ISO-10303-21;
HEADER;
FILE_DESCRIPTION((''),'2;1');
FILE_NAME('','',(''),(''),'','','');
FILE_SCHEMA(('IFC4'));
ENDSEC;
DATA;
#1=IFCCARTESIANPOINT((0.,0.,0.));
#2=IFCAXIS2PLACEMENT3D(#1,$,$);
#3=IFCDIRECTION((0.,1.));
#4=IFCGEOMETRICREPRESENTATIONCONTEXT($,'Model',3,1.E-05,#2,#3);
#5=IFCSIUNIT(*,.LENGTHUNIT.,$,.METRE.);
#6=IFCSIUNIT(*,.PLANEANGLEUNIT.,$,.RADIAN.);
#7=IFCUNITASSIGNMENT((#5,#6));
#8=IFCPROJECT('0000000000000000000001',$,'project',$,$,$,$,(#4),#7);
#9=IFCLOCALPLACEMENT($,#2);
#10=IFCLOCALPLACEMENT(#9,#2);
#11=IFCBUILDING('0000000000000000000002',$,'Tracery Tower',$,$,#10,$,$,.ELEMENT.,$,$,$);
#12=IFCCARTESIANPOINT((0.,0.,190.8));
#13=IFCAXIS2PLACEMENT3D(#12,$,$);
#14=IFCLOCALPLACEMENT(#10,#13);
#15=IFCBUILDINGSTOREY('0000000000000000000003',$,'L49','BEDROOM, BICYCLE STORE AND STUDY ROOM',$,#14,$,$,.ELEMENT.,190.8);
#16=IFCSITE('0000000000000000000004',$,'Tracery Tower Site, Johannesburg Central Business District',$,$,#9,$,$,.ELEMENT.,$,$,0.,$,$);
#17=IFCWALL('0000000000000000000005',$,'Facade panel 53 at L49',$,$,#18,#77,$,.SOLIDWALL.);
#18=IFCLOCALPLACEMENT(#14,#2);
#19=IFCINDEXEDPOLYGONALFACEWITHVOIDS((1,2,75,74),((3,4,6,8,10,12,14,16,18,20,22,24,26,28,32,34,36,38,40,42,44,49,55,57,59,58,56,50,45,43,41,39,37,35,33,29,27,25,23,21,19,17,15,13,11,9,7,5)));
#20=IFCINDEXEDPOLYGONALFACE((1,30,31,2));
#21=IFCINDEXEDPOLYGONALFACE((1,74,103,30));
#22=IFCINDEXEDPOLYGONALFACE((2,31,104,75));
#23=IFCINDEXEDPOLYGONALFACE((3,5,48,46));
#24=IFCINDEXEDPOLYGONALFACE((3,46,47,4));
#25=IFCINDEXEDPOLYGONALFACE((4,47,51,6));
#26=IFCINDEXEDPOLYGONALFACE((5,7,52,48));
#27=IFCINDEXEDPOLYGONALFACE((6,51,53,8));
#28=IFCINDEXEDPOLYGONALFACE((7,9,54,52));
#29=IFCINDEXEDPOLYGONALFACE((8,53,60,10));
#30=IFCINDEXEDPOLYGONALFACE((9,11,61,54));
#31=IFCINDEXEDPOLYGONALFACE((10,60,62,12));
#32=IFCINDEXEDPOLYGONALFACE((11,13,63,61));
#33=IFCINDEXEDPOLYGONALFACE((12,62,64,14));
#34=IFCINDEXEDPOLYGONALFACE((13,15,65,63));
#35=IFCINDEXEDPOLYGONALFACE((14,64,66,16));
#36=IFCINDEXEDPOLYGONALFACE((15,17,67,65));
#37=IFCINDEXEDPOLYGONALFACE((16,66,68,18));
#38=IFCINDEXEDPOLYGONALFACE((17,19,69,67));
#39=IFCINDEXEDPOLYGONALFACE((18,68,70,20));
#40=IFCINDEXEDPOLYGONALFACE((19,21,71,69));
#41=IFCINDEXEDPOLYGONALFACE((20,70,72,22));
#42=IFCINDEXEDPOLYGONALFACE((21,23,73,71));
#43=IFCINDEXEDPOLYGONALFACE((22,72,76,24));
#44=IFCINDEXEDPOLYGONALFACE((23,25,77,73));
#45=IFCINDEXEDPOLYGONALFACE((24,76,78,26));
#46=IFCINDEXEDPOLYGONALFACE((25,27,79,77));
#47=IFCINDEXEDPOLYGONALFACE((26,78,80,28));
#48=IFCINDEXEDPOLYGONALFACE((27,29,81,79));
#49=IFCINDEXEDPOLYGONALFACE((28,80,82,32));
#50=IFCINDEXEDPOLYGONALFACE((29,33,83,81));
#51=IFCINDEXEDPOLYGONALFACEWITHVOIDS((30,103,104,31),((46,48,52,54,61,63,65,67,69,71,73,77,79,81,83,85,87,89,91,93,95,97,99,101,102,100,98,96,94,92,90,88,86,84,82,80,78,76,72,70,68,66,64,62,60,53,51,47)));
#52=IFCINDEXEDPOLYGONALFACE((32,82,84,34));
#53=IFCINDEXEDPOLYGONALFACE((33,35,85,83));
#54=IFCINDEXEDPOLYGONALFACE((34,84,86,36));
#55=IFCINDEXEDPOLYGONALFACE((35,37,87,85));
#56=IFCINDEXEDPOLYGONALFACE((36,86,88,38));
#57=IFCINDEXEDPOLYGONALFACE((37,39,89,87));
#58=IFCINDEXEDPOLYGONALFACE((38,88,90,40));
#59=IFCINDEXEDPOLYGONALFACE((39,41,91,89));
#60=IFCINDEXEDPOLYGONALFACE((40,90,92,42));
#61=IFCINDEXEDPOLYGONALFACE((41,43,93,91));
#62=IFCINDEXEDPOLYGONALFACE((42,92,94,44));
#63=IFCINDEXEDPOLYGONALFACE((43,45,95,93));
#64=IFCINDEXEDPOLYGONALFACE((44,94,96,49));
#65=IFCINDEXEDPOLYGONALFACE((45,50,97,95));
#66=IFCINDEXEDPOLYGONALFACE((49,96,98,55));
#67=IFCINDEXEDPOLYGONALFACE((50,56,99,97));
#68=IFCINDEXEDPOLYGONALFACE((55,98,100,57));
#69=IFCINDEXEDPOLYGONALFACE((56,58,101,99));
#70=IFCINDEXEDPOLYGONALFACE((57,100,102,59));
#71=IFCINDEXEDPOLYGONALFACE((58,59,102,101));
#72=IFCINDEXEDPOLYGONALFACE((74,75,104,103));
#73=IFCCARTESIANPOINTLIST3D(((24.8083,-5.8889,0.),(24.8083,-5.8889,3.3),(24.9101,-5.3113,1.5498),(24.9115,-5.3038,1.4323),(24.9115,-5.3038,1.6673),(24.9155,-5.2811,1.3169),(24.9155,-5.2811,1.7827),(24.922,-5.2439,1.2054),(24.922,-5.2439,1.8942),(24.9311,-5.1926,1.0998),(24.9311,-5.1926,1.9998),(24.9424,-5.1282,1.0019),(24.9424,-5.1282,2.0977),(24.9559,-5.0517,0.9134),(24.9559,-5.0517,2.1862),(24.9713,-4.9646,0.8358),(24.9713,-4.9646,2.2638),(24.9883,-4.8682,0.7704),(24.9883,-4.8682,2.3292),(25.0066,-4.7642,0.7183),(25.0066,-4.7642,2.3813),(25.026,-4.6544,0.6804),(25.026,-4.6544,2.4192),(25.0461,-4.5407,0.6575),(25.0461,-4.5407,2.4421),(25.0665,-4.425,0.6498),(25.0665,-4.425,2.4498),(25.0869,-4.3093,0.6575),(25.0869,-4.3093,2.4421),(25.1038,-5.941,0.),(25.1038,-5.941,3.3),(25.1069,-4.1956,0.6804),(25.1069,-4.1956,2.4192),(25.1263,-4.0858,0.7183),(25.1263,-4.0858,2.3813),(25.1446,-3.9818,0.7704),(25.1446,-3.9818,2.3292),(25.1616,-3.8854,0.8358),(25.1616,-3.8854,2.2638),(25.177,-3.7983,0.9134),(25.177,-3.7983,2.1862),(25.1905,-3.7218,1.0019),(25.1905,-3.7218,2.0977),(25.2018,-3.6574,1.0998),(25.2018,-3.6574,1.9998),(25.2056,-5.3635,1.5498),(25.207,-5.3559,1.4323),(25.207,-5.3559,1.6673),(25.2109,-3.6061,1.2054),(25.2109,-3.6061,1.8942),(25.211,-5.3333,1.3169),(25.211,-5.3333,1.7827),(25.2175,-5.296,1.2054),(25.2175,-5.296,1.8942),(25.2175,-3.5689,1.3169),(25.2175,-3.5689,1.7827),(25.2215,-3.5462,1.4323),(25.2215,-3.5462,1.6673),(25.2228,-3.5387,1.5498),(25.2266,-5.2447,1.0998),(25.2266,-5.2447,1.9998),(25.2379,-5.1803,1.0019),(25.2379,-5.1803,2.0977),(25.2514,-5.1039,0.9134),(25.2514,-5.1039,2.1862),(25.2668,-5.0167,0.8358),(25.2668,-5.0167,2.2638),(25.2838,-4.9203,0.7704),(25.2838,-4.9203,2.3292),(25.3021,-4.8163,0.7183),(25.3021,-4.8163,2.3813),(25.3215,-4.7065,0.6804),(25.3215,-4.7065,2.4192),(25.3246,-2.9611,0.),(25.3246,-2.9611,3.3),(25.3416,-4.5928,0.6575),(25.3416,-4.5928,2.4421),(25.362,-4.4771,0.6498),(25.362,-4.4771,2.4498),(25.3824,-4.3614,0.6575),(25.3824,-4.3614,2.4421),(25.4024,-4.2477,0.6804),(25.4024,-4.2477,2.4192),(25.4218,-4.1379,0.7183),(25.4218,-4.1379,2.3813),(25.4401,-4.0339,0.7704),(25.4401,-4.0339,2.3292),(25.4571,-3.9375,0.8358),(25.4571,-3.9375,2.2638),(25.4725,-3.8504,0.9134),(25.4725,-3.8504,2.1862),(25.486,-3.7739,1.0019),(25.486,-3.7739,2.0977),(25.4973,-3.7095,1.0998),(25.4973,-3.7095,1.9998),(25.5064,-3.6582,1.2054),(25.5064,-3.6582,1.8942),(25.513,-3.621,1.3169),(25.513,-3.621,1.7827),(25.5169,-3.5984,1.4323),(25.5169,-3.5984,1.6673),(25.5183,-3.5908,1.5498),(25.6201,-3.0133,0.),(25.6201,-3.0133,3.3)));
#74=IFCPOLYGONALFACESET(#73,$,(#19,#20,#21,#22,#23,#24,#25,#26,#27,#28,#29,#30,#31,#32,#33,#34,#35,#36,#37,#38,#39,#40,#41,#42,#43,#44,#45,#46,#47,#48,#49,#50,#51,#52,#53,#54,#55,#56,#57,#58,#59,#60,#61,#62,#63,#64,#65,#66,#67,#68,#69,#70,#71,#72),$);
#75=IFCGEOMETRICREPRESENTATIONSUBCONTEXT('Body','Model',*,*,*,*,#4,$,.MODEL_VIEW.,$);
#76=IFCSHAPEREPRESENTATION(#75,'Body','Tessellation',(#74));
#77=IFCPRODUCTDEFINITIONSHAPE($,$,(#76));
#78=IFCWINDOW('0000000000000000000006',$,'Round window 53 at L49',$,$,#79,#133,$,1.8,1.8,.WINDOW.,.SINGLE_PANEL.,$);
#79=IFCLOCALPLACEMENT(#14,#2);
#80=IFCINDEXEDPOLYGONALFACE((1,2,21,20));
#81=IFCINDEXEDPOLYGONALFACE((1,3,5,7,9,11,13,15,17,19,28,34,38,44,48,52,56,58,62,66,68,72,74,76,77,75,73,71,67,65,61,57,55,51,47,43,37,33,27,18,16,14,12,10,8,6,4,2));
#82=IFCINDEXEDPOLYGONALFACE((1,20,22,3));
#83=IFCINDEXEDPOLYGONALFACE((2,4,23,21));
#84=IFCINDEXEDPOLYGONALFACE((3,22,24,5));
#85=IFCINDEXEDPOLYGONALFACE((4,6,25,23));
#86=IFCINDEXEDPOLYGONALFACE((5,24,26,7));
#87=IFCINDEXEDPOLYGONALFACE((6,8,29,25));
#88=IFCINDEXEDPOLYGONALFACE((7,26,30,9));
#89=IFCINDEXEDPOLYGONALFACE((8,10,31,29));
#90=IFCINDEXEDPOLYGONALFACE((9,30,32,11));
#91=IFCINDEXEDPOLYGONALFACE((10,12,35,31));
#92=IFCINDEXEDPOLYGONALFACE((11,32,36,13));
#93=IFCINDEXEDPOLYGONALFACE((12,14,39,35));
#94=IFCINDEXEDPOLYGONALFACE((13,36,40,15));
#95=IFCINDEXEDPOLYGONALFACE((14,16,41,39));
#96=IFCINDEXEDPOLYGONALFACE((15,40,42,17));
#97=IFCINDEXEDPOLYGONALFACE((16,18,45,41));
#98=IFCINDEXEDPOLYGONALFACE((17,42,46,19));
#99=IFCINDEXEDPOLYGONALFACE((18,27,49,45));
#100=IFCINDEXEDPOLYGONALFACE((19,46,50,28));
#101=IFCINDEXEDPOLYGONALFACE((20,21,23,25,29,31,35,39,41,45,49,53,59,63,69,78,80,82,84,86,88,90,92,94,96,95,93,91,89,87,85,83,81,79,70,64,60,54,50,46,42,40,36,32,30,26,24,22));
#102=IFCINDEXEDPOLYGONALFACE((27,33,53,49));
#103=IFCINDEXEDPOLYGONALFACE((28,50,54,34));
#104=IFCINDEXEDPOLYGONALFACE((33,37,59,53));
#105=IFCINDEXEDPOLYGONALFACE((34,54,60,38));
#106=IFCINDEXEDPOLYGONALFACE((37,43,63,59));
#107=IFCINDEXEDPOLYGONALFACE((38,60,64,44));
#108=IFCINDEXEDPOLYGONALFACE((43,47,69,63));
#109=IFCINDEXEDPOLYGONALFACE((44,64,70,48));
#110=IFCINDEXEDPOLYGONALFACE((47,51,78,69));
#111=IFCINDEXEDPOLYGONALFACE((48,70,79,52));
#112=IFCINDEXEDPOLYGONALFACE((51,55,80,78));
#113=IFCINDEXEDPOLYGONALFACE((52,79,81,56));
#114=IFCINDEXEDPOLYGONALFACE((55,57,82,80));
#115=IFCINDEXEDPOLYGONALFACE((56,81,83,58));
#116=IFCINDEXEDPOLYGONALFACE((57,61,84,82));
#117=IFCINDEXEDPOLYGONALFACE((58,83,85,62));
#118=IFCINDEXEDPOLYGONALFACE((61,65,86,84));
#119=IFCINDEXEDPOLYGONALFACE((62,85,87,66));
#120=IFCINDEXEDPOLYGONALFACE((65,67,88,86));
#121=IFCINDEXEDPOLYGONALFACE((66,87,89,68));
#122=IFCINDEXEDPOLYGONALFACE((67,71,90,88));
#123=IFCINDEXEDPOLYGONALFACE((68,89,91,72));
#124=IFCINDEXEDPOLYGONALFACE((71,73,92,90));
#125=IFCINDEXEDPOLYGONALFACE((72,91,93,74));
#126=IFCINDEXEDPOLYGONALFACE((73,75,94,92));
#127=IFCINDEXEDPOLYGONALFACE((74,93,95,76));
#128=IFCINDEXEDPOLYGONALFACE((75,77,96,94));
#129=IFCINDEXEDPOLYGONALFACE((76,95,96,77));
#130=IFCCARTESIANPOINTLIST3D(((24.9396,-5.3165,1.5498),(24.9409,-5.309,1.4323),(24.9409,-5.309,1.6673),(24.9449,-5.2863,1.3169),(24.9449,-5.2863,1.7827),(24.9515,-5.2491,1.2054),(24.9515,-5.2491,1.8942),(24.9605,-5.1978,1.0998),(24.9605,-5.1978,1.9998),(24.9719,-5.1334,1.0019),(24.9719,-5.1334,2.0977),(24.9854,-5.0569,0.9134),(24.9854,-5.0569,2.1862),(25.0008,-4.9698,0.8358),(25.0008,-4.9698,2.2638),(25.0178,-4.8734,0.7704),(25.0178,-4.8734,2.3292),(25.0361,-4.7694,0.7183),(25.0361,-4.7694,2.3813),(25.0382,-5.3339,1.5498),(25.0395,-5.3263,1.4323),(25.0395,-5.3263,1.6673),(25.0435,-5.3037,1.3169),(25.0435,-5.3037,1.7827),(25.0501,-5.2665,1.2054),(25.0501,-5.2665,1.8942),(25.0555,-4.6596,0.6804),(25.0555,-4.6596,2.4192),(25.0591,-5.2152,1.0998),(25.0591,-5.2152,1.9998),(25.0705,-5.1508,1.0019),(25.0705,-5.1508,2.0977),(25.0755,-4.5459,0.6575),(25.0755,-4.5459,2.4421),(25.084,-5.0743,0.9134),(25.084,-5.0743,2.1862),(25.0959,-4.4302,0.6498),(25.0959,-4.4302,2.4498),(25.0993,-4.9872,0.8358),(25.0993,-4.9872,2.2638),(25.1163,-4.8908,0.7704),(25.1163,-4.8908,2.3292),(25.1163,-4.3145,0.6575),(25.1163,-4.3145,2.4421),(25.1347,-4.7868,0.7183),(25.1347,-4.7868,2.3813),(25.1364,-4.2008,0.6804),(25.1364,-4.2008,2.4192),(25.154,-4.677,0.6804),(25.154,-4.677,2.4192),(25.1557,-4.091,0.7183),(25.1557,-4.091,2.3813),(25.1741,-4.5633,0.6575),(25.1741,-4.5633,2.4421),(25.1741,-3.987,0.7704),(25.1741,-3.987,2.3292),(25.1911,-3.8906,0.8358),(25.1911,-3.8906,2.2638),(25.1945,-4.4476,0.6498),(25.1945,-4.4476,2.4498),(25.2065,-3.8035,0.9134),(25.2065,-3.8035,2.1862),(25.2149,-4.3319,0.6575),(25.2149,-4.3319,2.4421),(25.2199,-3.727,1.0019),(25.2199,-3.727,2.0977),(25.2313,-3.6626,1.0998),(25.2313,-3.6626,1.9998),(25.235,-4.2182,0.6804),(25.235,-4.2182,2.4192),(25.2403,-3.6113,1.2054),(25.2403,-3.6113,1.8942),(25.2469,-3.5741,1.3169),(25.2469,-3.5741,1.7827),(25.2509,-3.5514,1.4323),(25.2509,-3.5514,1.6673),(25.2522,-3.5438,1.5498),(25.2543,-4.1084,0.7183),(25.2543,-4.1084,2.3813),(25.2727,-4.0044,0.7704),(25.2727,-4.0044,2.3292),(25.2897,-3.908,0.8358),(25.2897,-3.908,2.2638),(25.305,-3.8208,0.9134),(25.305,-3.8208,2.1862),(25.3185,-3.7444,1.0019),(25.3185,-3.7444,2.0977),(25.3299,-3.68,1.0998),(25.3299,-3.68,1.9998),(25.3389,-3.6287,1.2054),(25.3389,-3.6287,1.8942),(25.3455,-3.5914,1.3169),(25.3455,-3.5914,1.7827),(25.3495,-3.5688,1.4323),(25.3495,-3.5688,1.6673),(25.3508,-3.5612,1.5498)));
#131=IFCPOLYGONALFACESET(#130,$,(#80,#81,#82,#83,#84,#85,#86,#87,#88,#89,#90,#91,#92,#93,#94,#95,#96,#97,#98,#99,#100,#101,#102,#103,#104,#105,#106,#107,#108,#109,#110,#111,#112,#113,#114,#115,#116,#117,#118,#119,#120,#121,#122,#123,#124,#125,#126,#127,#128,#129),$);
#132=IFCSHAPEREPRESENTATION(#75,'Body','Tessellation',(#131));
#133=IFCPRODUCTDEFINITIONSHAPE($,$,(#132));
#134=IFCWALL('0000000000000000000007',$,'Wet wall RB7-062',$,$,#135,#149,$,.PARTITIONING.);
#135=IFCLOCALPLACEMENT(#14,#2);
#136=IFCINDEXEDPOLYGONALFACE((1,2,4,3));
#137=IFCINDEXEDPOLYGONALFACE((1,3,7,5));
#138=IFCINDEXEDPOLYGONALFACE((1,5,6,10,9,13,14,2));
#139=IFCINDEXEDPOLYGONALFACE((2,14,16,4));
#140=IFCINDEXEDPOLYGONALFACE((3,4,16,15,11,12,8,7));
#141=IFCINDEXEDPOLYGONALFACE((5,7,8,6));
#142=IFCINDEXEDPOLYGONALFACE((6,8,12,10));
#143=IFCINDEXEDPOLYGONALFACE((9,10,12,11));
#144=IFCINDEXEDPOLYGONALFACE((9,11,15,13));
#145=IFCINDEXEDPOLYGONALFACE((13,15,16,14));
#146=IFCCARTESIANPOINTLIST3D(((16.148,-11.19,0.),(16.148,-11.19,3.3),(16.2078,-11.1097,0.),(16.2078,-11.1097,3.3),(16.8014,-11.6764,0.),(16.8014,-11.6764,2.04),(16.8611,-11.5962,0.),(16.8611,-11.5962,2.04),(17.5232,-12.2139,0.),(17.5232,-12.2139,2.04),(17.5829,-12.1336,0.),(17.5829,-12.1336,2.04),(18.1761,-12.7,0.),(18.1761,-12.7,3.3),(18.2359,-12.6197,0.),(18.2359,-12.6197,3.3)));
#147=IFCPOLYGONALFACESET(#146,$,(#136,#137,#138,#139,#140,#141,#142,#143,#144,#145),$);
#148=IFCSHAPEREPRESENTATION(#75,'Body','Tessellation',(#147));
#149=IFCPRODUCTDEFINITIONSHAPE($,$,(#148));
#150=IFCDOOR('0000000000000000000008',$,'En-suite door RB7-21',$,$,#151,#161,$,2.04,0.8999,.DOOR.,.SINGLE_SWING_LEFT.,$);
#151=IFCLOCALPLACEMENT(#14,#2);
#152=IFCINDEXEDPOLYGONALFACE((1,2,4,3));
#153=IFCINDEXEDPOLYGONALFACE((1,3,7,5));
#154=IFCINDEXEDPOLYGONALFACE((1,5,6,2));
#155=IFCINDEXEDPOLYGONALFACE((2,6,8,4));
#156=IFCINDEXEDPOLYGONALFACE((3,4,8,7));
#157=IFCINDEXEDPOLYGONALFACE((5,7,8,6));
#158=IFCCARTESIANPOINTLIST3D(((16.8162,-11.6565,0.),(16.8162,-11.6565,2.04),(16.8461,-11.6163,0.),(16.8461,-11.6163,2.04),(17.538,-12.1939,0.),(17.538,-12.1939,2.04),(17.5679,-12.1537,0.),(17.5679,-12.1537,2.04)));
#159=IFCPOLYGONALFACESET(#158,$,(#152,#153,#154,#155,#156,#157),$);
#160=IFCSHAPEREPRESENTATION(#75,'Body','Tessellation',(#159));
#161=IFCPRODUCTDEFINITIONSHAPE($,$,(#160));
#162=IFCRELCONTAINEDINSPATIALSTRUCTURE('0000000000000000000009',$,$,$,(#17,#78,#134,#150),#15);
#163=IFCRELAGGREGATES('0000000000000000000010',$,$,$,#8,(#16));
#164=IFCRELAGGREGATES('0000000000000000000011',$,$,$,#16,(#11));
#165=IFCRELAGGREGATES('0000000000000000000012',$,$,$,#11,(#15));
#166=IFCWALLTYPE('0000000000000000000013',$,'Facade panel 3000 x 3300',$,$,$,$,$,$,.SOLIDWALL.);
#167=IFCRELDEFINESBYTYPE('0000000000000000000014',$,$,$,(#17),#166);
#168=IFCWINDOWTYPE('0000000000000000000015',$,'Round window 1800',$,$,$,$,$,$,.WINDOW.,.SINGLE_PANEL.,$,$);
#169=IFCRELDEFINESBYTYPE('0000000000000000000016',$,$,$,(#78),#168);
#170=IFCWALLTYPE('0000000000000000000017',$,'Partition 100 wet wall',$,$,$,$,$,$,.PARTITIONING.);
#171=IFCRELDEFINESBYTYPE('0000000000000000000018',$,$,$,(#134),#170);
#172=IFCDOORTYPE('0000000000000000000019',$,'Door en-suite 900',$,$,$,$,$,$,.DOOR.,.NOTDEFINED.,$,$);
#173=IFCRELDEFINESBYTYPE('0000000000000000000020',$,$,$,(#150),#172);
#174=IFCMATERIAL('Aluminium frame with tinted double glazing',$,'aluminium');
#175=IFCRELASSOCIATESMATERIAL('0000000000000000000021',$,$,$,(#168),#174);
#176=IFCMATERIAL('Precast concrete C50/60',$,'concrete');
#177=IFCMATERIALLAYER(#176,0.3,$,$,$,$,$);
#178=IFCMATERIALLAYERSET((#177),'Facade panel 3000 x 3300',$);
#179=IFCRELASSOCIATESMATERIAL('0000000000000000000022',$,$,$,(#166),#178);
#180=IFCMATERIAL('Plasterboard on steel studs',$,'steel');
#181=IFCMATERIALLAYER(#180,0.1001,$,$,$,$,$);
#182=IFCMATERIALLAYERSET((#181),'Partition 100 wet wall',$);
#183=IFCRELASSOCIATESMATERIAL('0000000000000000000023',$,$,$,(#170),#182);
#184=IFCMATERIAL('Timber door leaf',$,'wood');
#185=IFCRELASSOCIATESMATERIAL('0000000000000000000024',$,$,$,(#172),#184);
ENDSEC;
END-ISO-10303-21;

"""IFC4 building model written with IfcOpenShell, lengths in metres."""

from ifc_helpers import new_model, si_unit, direction, frame, frame_2d, origin, origin_2d, place, context, subcontext, project, spatial, rectangle, circle, extrude, material, layer, layer_set, type_object, element, fill, save


model = new_model("IFC4")

# Units and contexts
model_context = context("Model", 3, precision=1e-05, world=origin(), true_north=direction((0.0, 1.0)))
body_context = subcontext(model_context, "Body", "Model", "MODEL_VIEW")
ifc_project = project(units=[si_unit("LENGTHUNIT", "METRE"), si_unit("PLANEANGLEUNIT", "RADIAN")], contexts=[model_context])

# Site, building, storey
site_placement = place(None, origin())
site = spatial("IfcSite", under=ifc_project, at=site_placement, Name="Tracery Tower Site, Johannesburg Central Business District", CompositionType="ELEMENT", RefElevation=0.0)
building_placement = place(site_placement, origin())
building = spatial("IfcBuilding", under=site, at=building_placement, Name="Tracery Tower", CompositionType="ELEMENT")
storey_placement = place(building_placement, frame((0.0, 0.0, 190.8)))
storey = spatial("IfcBuildingStorey", under=building, at=storey_placement, Name="L49", Description="BEDROOM, BICYCLE STORE AND STUDY ROOM", CompositionType="ELEMENT", Elevation=190.8)

# Wall, opening, window
ifc_material_1 = material(Name="Aluminium frame with tinted double glazing", Category="aluminium")
window_type = type_object("IfcWindowType", Name="Round window 1800", PartitioningType="SINGLE_PANEL", PredefinedType="WINDOW", material=ifc_material_1)
ifc_material_2 = material(Name="Precast concrete C50/60", Category="concrete")
ifc_layer_1 = layer(ifc_material_2, 0.3)
ifc_layer_set_1 = layer_set([ifc_layer_1], Name="Facade panel 3000 x 3300")
wall_type_1 = type_object("IfcWallType", Name="Facade panel 3000 x 3300", PredefinedType="SOLIDWALL", material=ifc_layer_set_1)
wall_1_placement = place(storey_placement, frame((24.9561, -5.9148, 0.0), z_axis=(0.0, 0.0, 1.0), x_axis=(0.173687, 0.984801, 0.0)))
wall_1 = element("IfcWall", 1, at=wall_1_placement, inside=storey, type_object=wall_type_1, Name="Facade panel 53 at L49", PredefinedType="SOLIDWALL", context=body_context, shape_type="SweptSolid", body=[
    extrude(rectangle(XDim=2.9729, YDim=0.3, at=frame_2d((1.4863, 0.0))), origin(), (0.0, 0.0, 1.0), 3.3),
])
opening_1_placement = place(wall_1_placement, frame((1.4863, 0.0, 1.5498)))
opening_1 = element("IfcOpeningElement", 2, at=opening_1_placement, cuts=wall_1, PredefinedType="OPENING", context=body_context, shape_type="SweptSolid", body=[
    extrude(circle(Radius=0.9, at=origin_2d()), frame((0.0, 0.1599, 0.0), z_axis=(0.0, -1.0, 0.0), x_axis=(1.0, 0.0, 0.0)), (0.0, 0.0, 1.0), 0.3201),
])
window_1_placement = place(opening_1_placement, origin())
window_1 = element("IfcWindow", 3, at=window_1_placement, inside=storey, type_object=window_type, Name="Round window 53 at L49", OverallHeight=1.8, OverallWidth=1.8, PartitioningType="SINGLE_PANEL", PredefinedType="WINDOW", context=body_context, shape_type="SweptSolid", body=[
    extrude(circle(Radius=0.9, at=origin_2d()), frame((0.0, 0.1201, 0.0), z_axis=(0.0, -1.0, 0.0), x_axis=(1.0, 0.0, 0.0)), (0.0, 0.0, 1.0), 0.1001),
])
fill(opening_1, window_1)

# Wall, opening, door
ifc_material_3 = material(Name="Plasterboard on steel studs", Category="steel")
ifc_layer_2 = layer(ifc_material_3, 0.1001)
ifc_layer_set_2 = layer_set([ifc_layer_2], Name="Partition 100 wet wall")
wall_type_2 = type_object("IfcWallType", Name="Partition 100 wet wall", PredefinedType="PARTITIONING", material=ifc_layer_set_2)
wall_2_placement = place(storey_placement, frame((16.178, -11.1499, 0.0), z_axis=(0.0, 0.0, 1.0), x_axis=(0.802092, -0.5972, 0.0)))
wall_2 = element("IfcWall", 4, at=wall_2_placement, inside=storey, type_object=wall_type_2, Name="Wet wall RB7-062", PredefinedType="PARTITIONING", context=body_context, shape_type="SweptSolid", body=[
    extrude(rectangle(XDim=2.5286, YDim=0.1001, at=frame_2d((1.2642, 0.0))), origin(), (0.0, 0.0, 1.0), 3.3),
])
opening_2_placement = place(wall_2_placement, frame((0.8145, 0.0, 0.0)))
opening_2 = element("IfcOpeningElement", 5, at=opening_2_placement, cuts=wall_2, PredefinedType="OPENING", context=body_context, shape_type="SweptSolid", body=[
    extrude(rectangle(XDim=0.8999, YDim=2.04, at=frame_2d((0.45, 1.02))), frame((0.0, 0.05, 0.0), z_axis=(0.0, -1.0, 0.0), x_axis=(1.0, 0.0, 0.0)), (0.0, 0.0, 1.0), 0.1001),
])
ifc_material_4 = material(Name="Timber door leaf", Category="wood")
door_type_1 = type_object("IfcDoorType", Name="Door en-suite 900", OperationType="NOTDEFINED", PredefinedType="DOOR", material=ifc_material_4)
door_1_placement = place(opening_2_placement, origin())
door_1 = element("IfcDoor", 6, at=door_1_placement, inside=storey, type_object=door_type_1, Name="En-suite door RB7-21", OperationType="SINGLE_SWING_LEFT", OverallHeight=2.04, OverallWidth=0.8999, PredefinedType="DOOR", context=body_context, shape_type="SweptSolid", body=[
    extrude(rectangle(XDim=0.8999, YDim=2.04, at=frame_2d((0.45, 1.02))), frame((0.0, 0.0249, 0.0), z_axis=(0.0, -1.0, 0.0), x_axis=(1.0, 0.0, 0.0)), (0.0, 0.0, 1.0), 0.05),
])
fill(opening_2, door_1)

save(model, "model.ifc")
